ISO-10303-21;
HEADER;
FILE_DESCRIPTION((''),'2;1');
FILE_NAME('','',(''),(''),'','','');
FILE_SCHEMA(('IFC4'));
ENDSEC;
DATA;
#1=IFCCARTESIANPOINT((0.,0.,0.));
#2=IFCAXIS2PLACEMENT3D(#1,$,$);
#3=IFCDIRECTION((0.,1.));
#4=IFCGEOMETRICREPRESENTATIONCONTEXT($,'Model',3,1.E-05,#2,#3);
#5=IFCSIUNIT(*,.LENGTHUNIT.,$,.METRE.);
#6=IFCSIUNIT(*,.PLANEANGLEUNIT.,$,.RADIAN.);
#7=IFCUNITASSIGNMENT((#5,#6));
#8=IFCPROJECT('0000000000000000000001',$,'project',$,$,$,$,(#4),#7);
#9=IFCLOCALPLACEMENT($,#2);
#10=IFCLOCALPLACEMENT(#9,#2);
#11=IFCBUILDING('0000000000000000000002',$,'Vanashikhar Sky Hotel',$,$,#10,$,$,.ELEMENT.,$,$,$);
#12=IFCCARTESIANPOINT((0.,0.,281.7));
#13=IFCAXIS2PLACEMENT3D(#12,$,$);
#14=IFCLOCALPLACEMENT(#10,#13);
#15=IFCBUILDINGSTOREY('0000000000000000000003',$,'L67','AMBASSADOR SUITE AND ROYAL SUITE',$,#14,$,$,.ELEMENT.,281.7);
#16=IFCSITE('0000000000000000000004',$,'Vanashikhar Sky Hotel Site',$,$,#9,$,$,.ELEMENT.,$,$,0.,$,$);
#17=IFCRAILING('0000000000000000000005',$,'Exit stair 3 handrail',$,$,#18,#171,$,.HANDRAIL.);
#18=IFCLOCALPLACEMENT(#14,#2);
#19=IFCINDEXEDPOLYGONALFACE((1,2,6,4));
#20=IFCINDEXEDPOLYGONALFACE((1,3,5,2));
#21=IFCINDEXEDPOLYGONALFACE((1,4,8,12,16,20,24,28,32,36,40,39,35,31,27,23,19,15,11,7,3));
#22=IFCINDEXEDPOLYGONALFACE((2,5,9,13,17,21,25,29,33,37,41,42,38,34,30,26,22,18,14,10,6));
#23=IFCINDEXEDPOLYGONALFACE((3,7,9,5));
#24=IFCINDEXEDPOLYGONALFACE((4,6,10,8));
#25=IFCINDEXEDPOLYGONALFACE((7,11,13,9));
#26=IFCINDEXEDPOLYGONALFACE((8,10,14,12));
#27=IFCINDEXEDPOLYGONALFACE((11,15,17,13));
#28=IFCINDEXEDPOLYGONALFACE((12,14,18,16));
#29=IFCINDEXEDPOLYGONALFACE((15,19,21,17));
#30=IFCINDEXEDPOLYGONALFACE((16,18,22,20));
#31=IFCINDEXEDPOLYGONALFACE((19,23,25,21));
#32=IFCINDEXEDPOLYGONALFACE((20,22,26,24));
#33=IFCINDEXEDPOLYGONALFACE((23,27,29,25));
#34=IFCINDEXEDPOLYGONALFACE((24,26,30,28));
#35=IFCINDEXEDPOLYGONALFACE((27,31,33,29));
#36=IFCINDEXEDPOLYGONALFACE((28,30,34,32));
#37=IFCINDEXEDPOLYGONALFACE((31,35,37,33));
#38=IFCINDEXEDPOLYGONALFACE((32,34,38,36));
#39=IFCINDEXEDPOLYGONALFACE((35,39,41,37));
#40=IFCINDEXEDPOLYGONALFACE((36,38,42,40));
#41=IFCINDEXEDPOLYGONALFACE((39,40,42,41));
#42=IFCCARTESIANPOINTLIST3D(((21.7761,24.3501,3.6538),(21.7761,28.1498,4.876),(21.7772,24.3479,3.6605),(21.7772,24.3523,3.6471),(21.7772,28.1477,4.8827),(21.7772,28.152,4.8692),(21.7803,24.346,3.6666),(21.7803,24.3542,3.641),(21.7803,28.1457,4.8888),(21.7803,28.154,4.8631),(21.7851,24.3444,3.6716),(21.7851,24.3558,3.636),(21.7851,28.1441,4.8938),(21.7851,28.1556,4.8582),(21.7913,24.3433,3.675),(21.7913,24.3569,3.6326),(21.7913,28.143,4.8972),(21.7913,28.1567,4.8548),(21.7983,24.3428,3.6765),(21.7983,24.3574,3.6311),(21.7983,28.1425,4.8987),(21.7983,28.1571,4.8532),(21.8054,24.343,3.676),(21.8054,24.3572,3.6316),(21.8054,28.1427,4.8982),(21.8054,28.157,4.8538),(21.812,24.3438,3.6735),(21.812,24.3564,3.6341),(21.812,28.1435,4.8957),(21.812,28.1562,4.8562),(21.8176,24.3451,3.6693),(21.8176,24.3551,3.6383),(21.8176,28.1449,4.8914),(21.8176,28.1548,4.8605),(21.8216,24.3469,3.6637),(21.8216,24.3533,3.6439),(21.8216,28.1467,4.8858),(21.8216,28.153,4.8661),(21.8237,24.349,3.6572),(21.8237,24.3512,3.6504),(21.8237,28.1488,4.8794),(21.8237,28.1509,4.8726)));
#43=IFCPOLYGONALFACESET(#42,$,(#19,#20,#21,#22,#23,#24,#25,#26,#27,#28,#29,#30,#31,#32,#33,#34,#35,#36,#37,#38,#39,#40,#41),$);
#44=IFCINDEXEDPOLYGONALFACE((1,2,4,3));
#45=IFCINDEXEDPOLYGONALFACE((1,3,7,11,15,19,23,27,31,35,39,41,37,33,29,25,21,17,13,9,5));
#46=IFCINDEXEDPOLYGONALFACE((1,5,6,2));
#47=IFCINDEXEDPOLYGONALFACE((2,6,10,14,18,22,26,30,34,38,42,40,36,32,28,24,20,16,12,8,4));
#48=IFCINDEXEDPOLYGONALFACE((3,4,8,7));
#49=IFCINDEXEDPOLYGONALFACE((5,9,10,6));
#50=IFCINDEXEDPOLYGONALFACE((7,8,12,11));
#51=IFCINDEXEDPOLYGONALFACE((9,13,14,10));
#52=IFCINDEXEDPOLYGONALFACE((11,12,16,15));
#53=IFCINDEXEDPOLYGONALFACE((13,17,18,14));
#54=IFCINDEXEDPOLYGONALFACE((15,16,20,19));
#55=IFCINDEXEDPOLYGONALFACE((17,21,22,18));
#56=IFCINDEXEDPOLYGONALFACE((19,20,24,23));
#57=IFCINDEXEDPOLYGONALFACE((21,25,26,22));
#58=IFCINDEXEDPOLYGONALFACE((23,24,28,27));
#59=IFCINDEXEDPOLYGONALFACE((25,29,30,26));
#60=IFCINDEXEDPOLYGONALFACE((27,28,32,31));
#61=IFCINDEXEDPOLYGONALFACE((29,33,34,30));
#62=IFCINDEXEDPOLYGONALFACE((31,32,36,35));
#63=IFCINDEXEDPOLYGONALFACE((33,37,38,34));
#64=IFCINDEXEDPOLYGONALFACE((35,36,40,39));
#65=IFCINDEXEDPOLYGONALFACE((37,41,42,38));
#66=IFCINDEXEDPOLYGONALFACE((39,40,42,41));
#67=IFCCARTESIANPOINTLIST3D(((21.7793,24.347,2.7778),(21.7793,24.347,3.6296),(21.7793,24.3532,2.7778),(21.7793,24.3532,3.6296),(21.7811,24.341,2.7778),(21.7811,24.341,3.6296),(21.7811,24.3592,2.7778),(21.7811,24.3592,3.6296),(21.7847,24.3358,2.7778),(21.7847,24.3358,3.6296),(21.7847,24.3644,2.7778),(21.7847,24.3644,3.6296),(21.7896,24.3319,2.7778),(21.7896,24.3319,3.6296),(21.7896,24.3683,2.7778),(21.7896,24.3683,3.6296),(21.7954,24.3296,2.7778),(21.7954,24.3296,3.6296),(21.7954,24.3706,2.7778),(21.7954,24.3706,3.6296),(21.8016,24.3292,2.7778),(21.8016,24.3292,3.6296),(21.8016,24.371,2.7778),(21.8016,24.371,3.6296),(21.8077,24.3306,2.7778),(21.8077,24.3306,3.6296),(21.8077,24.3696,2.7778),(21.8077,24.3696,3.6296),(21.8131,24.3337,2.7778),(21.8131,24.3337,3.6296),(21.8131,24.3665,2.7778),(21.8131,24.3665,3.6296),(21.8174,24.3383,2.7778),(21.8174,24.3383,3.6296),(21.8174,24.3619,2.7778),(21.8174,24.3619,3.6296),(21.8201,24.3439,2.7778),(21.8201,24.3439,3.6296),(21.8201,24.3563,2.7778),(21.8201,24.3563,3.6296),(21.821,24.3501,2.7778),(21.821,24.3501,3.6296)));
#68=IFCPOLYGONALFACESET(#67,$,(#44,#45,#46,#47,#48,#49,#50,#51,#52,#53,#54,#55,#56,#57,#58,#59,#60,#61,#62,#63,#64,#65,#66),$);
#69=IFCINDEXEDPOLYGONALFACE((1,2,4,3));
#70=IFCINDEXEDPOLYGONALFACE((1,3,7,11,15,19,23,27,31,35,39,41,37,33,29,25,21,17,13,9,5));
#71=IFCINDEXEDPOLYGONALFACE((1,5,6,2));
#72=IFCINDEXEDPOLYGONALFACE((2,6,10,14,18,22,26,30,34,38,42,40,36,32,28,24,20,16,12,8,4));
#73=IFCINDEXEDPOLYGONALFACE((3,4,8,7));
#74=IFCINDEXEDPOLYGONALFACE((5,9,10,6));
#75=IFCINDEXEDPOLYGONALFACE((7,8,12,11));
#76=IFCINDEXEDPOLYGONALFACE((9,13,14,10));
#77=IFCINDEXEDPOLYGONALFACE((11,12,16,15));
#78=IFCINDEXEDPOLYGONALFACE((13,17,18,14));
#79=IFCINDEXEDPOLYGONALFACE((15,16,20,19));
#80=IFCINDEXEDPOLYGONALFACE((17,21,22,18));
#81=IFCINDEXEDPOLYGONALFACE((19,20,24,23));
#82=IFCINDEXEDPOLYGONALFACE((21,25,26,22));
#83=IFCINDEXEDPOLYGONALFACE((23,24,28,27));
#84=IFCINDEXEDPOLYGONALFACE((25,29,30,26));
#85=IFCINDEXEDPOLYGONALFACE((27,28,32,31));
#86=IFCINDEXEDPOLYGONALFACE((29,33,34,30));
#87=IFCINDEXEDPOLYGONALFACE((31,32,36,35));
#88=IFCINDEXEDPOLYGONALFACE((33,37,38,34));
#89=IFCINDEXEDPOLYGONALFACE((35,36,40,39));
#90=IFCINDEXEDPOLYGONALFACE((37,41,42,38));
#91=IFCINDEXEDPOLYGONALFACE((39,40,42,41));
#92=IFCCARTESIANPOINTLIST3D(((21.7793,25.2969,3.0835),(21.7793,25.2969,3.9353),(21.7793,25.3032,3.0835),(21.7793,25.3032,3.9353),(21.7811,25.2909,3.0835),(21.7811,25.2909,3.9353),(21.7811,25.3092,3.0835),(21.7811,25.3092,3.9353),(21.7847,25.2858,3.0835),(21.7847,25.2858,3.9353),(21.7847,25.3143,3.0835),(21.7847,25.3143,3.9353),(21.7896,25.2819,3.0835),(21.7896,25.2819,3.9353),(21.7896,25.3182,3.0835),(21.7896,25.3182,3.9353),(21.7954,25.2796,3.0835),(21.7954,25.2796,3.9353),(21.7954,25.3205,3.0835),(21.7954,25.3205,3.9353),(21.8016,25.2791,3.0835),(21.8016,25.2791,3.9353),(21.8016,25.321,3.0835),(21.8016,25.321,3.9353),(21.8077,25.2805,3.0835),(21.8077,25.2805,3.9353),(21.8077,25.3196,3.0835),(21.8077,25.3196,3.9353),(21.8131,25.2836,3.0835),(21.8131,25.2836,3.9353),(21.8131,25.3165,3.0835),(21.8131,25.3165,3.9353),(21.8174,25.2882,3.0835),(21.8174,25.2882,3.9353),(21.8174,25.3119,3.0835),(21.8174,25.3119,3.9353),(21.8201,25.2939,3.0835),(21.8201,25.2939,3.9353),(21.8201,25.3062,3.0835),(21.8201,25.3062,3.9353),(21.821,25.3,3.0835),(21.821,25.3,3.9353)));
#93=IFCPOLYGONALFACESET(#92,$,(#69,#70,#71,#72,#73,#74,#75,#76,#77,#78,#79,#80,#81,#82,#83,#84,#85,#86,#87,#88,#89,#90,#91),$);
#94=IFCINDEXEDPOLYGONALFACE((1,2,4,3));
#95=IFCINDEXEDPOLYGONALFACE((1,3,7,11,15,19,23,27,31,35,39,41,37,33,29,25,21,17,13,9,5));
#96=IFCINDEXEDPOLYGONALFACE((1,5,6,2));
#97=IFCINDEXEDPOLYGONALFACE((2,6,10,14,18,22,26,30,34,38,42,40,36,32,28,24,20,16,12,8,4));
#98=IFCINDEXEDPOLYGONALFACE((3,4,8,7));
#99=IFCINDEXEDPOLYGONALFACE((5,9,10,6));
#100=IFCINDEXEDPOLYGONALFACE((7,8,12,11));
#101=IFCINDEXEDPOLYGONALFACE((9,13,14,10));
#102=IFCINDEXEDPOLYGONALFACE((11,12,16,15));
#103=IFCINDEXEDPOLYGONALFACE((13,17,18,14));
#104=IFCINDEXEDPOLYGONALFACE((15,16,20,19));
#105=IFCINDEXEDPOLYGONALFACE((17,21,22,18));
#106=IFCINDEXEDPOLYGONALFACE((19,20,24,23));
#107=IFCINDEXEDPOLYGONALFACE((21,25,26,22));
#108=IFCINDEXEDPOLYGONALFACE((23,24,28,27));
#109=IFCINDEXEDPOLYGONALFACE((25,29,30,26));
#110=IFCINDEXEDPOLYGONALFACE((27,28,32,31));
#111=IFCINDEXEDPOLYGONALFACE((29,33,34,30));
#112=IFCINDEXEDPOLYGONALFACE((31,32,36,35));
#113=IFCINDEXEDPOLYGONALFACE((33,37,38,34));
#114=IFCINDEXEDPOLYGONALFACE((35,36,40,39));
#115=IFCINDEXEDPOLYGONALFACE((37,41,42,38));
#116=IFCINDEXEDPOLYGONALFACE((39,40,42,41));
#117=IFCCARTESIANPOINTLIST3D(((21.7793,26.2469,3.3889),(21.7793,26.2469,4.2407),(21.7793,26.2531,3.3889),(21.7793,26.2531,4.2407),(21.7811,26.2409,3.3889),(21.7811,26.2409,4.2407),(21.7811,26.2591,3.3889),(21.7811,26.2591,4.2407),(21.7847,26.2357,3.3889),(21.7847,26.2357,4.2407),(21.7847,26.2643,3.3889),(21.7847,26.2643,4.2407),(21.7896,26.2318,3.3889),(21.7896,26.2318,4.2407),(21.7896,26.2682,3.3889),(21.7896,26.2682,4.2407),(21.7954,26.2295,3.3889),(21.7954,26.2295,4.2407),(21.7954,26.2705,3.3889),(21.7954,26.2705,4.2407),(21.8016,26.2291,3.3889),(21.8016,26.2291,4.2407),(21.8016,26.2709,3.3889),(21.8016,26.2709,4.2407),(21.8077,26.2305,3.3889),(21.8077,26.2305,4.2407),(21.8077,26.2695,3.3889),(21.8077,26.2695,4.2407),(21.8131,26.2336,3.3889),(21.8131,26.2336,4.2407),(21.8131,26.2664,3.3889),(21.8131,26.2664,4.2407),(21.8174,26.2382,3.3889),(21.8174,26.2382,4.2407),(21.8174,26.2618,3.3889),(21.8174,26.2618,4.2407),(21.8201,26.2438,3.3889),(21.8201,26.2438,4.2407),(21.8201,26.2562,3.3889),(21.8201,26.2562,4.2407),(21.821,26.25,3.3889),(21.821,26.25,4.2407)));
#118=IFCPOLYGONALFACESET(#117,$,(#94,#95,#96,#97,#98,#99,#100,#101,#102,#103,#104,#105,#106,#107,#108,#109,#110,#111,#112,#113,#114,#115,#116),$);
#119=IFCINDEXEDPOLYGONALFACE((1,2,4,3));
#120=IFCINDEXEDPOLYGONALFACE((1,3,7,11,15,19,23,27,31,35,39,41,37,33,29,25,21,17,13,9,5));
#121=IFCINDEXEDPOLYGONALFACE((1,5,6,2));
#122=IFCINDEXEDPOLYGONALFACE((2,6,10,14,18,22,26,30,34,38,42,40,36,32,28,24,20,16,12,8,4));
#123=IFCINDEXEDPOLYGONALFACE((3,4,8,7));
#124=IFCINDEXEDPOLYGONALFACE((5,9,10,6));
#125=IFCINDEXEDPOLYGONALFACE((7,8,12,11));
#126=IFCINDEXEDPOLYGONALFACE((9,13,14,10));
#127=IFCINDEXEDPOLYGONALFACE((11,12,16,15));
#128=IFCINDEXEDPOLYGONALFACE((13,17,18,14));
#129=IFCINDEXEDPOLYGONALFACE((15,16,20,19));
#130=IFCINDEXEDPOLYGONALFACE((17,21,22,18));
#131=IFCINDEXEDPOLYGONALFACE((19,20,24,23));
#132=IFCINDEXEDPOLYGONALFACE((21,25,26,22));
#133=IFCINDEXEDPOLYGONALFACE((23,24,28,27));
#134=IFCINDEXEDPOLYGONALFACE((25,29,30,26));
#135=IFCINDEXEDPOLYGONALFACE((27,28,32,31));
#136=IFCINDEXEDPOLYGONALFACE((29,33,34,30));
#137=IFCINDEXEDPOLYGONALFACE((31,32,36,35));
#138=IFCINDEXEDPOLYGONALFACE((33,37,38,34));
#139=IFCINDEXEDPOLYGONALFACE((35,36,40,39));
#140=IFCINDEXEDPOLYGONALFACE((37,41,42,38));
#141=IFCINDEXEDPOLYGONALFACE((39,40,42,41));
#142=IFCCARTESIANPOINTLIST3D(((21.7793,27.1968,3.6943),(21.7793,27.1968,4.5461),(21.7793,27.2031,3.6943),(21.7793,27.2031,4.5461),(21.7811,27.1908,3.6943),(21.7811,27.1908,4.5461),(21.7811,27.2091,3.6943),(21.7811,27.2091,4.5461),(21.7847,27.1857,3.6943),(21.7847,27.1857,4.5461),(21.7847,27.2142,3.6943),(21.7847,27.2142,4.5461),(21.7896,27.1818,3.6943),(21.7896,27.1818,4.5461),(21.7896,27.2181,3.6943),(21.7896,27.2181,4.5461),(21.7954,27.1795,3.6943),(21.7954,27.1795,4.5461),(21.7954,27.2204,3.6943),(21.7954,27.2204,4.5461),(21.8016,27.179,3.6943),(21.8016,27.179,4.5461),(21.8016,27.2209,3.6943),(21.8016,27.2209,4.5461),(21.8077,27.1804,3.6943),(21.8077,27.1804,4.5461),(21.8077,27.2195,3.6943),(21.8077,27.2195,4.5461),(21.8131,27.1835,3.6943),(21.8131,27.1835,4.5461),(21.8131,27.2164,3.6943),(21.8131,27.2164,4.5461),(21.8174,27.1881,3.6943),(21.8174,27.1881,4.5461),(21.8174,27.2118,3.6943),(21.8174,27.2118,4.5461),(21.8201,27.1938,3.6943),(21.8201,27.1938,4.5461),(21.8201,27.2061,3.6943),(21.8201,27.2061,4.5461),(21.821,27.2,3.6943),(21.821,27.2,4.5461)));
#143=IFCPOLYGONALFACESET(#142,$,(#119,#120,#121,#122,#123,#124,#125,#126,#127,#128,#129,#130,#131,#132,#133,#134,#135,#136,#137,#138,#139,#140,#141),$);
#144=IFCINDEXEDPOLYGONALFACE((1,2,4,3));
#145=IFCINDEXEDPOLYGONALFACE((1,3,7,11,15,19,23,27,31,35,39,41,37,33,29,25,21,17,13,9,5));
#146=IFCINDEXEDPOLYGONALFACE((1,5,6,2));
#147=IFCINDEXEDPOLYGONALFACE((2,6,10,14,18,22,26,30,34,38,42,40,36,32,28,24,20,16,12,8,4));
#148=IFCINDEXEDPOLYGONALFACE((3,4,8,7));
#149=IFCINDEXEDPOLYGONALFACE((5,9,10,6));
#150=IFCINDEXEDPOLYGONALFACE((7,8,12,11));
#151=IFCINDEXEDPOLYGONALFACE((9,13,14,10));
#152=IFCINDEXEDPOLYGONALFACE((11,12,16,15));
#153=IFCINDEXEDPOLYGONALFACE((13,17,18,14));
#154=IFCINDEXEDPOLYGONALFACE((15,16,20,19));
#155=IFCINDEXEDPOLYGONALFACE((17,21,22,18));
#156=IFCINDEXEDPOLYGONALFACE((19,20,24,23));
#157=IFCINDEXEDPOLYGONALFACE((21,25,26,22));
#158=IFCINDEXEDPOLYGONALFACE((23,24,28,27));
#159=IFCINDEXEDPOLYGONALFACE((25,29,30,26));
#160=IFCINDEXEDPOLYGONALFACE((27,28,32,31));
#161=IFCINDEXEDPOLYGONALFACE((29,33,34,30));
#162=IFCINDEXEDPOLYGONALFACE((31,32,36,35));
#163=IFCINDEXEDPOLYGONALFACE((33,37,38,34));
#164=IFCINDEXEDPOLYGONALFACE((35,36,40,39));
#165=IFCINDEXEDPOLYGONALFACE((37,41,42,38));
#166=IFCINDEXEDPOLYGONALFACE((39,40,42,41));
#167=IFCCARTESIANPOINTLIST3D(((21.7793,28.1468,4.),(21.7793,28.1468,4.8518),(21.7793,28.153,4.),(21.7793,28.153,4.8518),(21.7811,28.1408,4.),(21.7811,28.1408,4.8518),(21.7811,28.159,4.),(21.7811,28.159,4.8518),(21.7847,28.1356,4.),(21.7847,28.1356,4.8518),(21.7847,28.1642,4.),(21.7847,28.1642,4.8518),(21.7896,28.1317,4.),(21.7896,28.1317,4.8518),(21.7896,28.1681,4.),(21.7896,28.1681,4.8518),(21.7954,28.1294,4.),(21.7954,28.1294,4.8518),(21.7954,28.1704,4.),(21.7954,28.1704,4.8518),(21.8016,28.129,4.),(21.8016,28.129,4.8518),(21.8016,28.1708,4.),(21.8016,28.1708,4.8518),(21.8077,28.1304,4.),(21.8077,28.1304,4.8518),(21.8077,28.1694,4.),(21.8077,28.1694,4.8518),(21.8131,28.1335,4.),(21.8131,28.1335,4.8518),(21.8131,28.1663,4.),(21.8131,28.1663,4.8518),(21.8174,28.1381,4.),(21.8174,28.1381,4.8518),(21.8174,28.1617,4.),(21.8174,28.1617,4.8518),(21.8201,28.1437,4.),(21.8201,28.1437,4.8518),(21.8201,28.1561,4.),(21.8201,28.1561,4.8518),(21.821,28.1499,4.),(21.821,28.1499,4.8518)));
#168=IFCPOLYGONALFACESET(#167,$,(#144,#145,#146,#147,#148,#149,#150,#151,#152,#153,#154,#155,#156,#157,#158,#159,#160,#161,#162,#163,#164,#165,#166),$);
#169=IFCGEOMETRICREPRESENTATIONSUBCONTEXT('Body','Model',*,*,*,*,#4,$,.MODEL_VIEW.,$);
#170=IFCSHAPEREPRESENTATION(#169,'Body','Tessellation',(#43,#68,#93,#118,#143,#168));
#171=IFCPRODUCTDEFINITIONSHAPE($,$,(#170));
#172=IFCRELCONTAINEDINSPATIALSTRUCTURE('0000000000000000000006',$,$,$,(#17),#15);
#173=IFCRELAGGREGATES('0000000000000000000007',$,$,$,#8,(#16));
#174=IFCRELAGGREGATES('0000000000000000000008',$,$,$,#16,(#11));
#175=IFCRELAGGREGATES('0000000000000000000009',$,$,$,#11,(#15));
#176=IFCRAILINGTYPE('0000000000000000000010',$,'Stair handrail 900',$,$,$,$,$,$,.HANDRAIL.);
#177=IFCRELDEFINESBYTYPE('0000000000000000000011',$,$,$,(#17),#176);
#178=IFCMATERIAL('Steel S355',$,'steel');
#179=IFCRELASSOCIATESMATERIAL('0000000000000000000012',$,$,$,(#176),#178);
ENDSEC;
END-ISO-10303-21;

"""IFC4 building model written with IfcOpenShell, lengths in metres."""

from ifc_helpers import new_model, si_unit, direction, frame, origin, origin_2d, place, context, subcontext, project, spatial, circle, extrude, source, transform, mapped, material, type_object, element, save


model = new_model("IFC4")

# Units and contexts
model_context = context("Model", 3, precision=1e-05, world=origin(), true_north=direction((0.0, 1.0)))
body_context = subcontext(model_context, "Body", "Model", "MODEL_VIEW")
ifc_project = project(units=[si_unit("LENGTHUNIT", "METRE"), si_unit("PLANEANGLEUNIT", "RADIAN")], contexts=[model_context])

# Site, building, storey
site_placement = place(None, origin())
site = spatial("IfcSite", under=ifc_project, at=site_placement, Name="Vanashikhar Sky Hotel Site", CompositionType="ELEMENT", RefElevation=0.0)
building_placement = place(site_placement, origin())
building = spatial("IfcBuilding", under=site, at=building_placement, Name="Vanashikhar Sky Hotel", CompositionType="ELEMENT")
storey_placement = place(building_placement, frame((0.0, 0.0, 281.7)))
storey = spatial("IfcBuildingStorey", under=building, at=storey_placement, Name="L67", Description="AMBASSADOR SUITE AND ROYAL SUITE", CompositionType="ELEMENT", Elevation=281.7)

# Railing
ifc_material_1 = material(Name="Steel S355", Category="steel")
railing_type_1 = type_object("IfcRailingType", Name="Stair handrail 900", PredefinedType="HANDRAIL", material=ifc_material_1)
shared_shape_1 = source(origin(), body_context, "Body", "SweptSolid", [
    extrude(circle(Radius=0.0239, at=origin_2d()), frame((0.0, 0.0, 0.876), z_axis=(0.0, 0.95197, 0.306191), x_axis=(-1.0, 0.0, 0.0)), (0.0, 0.0, 1.0), 3.9915),
    extrude(circle(Radius=0.021, at=origin_2d()), origin(), (0.0, 0.0, 1.0), 0.8518),
    extrude(circle(Radius=0.021, at=origin_2d()), frame((0.0, 0.95, 0.3057)), (0.0, 0.0, 1.0), 0.8518),
    extrude(circle(Radius=0.021, at=origin_2d()), frame((0.0, 1.8999, 0.6111)), (0.0, 0.0, 1.0), 0.8518),
    extrude(circle(Radius=0.021, at=origin_2d()), frame((0.0, 2.8499, 0.9165)), (0.0, 0.0, 1.0), 0.8518),
    extrude(circle(Radius=0.021, at=origin_2d()), frame((0.0, 3.7998, 1.2222)), (0.0, 0.0, 1.0), 0.8518),
])
railing_1_placement = place(storey_placement, frame((21.8, 24.3501, 2.7778)))
element("IfcRailing", 1, at=railing_1_placement, inside=storey, type_object=railing_type_1, Name="Exit stair 3 handrail", PredefinedType="HANDRAIL", context=body_context, shape_type="MappedRepresentation", body=[
    mapped(shared_shape_1, transform((0.0, 0.0, 0.0), scale=1.0)),
])

save(model, "model.ifc")
